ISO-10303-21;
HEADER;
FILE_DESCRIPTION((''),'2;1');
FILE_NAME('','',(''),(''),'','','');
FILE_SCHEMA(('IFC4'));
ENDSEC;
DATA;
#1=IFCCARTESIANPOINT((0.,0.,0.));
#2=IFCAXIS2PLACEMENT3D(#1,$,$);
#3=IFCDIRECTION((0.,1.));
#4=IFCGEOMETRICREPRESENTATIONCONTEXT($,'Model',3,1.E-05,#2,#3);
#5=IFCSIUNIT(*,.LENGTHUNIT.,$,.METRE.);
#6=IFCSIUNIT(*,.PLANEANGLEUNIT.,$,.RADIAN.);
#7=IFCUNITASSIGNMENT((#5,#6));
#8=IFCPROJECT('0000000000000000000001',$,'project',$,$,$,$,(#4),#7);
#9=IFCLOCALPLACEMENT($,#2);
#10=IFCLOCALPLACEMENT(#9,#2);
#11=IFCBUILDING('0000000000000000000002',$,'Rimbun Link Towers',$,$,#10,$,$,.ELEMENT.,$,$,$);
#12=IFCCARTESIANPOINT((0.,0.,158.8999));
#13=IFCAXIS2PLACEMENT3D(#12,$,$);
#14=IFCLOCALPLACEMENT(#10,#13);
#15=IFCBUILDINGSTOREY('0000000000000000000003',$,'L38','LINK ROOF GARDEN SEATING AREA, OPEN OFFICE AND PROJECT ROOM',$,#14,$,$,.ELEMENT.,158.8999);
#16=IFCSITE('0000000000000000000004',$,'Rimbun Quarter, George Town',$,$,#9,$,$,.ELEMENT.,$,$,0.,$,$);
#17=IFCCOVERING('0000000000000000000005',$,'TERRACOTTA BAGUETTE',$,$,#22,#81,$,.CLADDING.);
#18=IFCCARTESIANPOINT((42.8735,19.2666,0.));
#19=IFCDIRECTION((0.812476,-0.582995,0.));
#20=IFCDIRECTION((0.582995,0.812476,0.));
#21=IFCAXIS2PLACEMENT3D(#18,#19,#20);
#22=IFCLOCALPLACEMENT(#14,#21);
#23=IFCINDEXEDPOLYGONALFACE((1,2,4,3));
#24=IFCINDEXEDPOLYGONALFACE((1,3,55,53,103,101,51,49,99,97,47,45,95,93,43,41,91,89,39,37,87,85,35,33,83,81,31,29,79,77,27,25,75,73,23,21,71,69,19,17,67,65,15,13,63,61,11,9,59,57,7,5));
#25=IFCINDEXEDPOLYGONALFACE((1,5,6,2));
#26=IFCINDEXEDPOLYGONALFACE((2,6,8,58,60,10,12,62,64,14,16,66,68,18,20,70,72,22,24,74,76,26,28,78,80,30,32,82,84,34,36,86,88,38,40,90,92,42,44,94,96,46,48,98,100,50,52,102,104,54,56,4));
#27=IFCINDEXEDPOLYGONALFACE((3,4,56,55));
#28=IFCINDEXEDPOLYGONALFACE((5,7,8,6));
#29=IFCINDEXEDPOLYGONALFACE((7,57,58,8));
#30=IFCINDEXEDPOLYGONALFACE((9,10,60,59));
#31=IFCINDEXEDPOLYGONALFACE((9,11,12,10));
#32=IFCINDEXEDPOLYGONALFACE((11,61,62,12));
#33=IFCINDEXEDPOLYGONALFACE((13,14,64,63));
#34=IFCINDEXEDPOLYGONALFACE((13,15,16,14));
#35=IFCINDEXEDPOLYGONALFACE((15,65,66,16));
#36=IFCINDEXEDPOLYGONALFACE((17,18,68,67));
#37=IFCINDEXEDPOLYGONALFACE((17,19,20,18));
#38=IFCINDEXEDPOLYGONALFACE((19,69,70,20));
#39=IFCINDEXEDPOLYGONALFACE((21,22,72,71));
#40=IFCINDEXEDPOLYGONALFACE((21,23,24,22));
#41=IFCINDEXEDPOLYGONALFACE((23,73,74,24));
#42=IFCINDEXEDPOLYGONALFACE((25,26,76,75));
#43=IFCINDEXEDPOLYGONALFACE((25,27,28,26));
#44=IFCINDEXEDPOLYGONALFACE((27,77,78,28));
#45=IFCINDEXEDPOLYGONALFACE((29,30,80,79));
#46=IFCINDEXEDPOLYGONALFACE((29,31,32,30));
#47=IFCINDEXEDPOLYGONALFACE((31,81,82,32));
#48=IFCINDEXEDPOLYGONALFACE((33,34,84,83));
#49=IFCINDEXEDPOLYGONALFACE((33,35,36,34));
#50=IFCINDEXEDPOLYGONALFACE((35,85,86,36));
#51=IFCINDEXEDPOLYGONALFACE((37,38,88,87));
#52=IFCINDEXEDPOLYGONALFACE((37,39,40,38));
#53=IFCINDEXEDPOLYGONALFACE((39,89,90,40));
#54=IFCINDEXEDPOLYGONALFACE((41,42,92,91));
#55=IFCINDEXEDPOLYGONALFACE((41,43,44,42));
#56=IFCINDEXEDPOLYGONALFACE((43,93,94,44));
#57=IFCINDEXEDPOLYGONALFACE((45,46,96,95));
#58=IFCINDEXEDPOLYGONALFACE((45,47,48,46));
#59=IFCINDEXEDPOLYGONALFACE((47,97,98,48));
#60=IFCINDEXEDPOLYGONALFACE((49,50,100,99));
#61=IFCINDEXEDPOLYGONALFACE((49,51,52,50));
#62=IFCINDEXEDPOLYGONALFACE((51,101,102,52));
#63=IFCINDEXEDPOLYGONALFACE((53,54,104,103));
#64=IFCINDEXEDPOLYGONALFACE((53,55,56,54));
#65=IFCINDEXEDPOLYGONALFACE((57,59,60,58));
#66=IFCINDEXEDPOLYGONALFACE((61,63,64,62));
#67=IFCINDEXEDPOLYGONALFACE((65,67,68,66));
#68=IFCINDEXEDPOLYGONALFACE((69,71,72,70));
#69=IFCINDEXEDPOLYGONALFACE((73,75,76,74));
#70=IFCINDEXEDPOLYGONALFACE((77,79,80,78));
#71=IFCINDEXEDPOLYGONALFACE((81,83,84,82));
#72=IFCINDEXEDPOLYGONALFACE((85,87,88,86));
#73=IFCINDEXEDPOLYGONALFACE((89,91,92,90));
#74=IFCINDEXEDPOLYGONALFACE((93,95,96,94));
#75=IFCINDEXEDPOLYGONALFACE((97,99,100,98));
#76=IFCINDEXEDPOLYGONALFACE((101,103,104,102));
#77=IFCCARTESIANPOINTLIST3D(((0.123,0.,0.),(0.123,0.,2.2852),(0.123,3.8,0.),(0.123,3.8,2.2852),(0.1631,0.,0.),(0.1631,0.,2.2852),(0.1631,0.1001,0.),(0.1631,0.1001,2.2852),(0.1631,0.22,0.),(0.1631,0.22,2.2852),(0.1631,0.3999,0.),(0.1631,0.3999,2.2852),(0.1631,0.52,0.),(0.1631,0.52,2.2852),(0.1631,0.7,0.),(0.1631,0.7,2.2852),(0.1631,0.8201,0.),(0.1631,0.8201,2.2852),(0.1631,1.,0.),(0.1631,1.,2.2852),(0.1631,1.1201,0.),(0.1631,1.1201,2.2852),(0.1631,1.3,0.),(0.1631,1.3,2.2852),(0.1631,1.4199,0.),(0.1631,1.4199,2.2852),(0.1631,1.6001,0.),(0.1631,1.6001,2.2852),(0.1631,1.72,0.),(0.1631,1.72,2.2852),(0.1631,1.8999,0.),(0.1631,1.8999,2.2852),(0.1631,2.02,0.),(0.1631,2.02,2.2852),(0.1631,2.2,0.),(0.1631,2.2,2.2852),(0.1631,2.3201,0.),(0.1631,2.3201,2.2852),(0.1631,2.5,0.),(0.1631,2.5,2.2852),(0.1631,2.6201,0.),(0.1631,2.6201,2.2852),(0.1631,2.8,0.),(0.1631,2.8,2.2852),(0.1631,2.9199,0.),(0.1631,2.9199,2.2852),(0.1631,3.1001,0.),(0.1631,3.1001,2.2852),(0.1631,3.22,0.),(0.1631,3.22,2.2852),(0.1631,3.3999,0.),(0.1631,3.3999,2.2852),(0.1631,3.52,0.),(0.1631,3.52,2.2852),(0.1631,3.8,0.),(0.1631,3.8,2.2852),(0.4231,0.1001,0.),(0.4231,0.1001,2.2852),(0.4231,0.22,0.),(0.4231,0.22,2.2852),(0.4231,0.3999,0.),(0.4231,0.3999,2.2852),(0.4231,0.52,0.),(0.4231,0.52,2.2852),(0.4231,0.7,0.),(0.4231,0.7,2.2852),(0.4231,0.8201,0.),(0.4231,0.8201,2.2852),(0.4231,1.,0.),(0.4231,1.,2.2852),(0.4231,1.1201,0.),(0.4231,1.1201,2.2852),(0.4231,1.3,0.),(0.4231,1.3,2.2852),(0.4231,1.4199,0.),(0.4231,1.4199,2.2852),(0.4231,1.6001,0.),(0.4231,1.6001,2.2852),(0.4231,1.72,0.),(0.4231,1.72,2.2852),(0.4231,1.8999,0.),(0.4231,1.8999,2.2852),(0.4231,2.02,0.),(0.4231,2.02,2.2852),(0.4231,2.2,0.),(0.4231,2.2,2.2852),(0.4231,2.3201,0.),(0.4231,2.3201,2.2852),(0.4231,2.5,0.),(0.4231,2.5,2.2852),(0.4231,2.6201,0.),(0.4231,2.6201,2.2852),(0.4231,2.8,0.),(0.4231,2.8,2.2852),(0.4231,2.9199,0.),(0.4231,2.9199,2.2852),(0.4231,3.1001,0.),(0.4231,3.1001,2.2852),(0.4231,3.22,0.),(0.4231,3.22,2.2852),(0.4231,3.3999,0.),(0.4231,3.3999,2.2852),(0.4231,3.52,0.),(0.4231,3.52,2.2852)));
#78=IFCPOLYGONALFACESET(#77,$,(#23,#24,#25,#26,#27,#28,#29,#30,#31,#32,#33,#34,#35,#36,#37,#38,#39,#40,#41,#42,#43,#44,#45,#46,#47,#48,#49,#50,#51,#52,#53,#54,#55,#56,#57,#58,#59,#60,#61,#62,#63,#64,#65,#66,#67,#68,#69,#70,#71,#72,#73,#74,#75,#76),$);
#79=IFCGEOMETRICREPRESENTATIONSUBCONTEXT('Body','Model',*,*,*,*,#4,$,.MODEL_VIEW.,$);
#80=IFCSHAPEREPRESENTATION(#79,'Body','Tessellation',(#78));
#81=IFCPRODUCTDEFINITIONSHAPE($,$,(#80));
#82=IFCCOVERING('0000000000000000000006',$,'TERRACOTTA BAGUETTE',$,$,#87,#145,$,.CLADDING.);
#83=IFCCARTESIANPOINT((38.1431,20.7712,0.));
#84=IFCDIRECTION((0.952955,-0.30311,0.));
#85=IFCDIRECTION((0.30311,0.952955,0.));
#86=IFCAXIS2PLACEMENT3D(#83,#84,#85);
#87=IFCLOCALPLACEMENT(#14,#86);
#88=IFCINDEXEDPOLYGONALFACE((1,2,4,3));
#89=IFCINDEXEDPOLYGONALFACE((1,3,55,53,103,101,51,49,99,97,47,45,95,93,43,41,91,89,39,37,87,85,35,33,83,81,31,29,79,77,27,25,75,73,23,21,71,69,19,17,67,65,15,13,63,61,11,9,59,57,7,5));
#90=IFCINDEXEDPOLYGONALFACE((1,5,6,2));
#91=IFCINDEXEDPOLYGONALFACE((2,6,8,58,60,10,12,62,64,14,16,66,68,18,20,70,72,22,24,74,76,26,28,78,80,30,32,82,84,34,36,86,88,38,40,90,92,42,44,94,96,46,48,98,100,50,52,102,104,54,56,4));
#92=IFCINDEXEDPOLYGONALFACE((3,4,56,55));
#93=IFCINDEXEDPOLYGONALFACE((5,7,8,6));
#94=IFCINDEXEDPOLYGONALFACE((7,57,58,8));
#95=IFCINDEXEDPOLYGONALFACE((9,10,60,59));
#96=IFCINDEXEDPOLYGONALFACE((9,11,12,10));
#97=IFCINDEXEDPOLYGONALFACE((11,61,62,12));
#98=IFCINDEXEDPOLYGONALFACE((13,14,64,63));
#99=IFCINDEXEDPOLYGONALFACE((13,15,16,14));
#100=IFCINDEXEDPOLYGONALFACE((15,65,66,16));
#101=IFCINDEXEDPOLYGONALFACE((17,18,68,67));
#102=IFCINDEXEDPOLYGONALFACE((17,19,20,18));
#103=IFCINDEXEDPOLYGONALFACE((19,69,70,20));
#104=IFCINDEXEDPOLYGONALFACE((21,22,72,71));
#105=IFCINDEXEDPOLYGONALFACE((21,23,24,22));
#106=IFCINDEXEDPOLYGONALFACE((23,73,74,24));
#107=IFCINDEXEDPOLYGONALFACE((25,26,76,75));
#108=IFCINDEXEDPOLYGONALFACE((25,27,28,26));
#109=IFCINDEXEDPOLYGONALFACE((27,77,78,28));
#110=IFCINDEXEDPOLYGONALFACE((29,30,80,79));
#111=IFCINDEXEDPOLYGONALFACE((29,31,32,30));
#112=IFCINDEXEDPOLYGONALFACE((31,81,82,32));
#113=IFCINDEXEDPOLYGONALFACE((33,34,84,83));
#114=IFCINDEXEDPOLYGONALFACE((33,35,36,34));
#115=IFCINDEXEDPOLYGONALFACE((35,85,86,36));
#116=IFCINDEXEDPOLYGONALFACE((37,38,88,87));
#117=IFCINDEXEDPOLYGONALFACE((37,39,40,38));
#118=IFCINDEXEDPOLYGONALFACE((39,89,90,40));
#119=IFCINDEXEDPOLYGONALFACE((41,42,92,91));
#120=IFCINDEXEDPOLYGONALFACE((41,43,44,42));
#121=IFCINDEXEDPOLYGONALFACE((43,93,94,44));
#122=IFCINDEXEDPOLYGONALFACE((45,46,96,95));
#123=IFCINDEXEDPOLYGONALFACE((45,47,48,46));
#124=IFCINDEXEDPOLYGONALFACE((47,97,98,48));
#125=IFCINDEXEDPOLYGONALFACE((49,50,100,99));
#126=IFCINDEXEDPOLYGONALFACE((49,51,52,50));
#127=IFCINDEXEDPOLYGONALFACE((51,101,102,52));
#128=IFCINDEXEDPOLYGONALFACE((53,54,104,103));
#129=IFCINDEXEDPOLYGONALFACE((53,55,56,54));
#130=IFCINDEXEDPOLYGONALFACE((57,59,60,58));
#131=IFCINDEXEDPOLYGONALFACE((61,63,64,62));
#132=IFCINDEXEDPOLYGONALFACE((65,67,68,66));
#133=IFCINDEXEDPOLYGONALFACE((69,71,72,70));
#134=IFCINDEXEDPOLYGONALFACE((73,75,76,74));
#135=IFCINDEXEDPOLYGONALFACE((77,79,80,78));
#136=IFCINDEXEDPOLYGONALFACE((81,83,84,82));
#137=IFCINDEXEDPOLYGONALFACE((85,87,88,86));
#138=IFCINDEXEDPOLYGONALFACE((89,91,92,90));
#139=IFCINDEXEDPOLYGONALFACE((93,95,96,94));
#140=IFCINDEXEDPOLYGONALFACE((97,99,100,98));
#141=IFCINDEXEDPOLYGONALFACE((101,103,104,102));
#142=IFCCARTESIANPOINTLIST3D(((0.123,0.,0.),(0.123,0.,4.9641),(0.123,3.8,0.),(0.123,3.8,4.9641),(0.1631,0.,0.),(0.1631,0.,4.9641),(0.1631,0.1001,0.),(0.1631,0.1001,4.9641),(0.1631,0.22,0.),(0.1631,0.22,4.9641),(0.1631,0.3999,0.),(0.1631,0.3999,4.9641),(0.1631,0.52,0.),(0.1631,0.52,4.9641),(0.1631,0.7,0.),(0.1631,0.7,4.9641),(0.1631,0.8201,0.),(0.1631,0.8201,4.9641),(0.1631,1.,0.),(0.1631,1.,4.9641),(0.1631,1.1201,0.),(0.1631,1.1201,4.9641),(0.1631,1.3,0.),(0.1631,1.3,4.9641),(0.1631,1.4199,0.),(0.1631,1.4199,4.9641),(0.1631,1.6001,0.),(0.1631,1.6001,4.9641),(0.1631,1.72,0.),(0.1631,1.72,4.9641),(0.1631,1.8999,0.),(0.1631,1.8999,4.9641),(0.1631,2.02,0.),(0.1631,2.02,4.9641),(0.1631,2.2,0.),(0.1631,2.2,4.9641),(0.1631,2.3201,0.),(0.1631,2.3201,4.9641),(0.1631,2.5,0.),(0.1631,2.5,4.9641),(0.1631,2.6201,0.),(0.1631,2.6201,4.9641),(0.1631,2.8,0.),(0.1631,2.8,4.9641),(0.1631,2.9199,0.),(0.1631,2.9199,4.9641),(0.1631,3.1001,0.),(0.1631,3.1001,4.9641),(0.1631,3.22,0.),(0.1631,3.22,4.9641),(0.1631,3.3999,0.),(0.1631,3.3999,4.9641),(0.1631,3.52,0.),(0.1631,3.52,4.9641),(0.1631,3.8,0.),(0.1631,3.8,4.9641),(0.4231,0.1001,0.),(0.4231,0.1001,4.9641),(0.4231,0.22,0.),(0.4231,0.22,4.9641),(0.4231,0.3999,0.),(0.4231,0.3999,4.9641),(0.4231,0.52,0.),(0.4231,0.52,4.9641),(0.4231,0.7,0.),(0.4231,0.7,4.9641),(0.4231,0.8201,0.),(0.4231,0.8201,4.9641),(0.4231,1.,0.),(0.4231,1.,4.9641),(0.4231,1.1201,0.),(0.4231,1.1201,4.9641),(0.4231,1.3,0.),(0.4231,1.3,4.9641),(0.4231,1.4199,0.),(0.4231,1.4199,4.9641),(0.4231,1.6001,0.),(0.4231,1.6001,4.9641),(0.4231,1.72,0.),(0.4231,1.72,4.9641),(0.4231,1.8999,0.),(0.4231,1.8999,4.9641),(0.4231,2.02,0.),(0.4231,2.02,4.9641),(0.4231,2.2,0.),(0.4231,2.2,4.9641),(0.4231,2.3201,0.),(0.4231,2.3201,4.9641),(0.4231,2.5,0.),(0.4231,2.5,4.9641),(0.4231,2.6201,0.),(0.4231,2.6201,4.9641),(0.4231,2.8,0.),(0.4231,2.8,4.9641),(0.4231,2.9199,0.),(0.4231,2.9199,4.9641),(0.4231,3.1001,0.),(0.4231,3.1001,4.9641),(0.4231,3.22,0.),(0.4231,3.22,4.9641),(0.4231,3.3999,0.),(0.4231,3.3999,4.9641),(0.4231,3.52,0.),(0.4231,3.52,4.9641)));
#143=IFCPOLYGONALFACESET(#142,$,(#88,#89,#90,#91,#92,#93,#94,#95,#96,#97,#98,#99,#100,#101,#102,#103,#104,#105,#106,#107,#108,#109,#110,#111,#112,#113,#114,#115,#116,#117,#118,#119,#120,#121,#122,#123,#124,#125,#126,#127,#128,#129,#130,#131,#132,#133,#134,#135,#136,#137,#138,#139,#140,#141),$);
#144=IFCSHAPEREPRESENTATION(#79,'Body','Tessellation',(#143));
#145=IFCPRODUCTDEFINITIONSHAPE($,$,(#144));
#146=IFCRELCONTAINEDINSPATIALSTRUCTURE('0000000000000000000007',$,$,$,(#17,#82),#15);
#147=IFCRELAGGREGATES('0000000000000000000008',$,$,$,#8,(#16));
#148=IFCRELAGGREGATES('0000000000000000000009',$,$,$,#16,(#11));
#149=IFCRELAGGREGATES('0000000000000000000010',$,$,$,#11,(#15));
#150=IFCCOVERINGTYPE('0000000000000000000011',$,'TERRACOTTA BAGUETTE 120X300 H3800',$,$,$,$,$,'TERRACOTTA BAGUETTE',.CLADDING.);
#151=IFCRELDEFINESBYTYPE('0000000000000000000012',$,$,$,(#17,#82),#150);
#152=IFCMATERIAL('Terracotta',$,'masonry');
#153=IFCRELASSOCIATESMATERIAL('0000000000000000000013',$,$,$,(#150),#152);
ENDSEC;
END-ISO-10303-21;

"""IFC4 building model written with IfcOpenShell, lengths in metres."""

from ifc_helpers import new_model, si_unit, direction, frame, origin, place, context, subcontext, project, spatial, polyline, outline, extrude, material, material_profile, profile_set, type_object, element, save


model = new_model("IFC4")

# Units and contexts
model_context = context("Model", 3, precision=1e-05, world=origin(), true_north=direction((0.0, 1.0)))
body_context = subcontext(model_context, "Body", "Model", "MODEL_VIEW")
ifc_project = project(units=[si_unit("LENGTHUNIT", "METRE"), si_unit("PLANEANGLEUNIT", "RADIAN")], contexts=[model_context])

# Site, building, storey
site_placement = place(None, origin())
site = spatial("IfcSite", under=ifc_project, at=site_placement, Name="Rimbun Quarter, George Town", CompositionType="ELEMENT", RefElevation=0.0)
building_placement = place(site_placement, origin())
building = spatial("IfcBuilding", under=site, at=building_placement, Name="Rimbun Link Towers", CompositionType="ELEMENT")
storey_placement = place(building_placement, frame((0.0, 0.0, 158.8999)))
storey = spatial("IfcBuildingStorey", under=building, at=storey_placement, Name="L38", Description="LINK ROOF GARDEN SEATING AREA, OPEN OFFICE AND PROJECT ROOM", CompositionType="ELEMENT", Elevation=158.8999)

# Coverings
ifc_material_1 = material(Name="Terracotta", Category="masonry")
ifc_material_profile_1 = material_profile(ifc_material_1, outline(polyline([(0.123, 0.0), (0.1631, 0.0), (0.1631, 0.1001), (0.4231, 0.1001), (0.4231, 0.22), (0.1631, 0.22), (0.1631, 0.3999), (0.4231, 0.3999), (0.4231, 0.52), (0.1631, 0.52), (0.1631, 0.7), (0.4231, 0.7), (0.4231, 0.8201), (0.1631, 0.8201), (0.1631, 1.0), (0.4231, 1.0), (0.4231, 1.1201), (0.1631, 1.1201), (0.1631, 1.3), (0.4231, 1.3), (0.4231, 1.4199), (0.1631, 1.4199), (0.1631, 1.6001), (0.4231, 1.6001), (0.4231, 1.72), (0.1631, 1.72), (0.1631, 1.8999), (0.4231, 1.8999), (0.4231, 2.02), (0.1631, 2.02), (0.1631, 2.2), (0.4231, 2.2), (0.4231, 2.3201), (0.1631, 2.3201), (0.1631, 2.5), (0.4231, 2.5), (0.4231, 2.6201), (0.1631, 2.6201), (0.1631, 2.8), (0.4231, 2.8), (0.4231, 2.9199), (0.1631, 2.9199), (0.1631, 3.1001), (0.4231, 3.1001), (0.4231, 3.22), (0.1631, 3.22), (0.1631, 3.3999), (0.4231, 3.3999), (0.4231, 3.52), (0.1631, 3.52), (0.1631, 3.8), (0.123, 3.8), (0.123, 0.0)])), Name="BAGUETTE 120X300")
ifc_profile_set_1 = profile_set([ifc_material_profile_1], Name="Terracotta")
covering_type = type_object("IfcCoveringType", Name="TERRACOTTA BAGUETTE 120X300 H3800", ElementType="TERRACOTTA BAGUETTE", PredefinedType="CLADDING", material=ifc_profile_set_1)
covering_1_placement = place(storey_placement, frame((42.8735, 19.2666, 0.0), z_axis=(0.812476, -0.582995, 0.0), x_axis=(0.582995, 0.812476, 0.0)))
element("IfcCovering", 1, at=covering_1_placement, inside=storey, type_object=covering_type, Name="TERRACOTTA BAGUETTE", PredefinedType="CLADDING", context=body_context, shape_type="SweptSolid", body=[
    extrude(outline(polyline([(0.123, 0.0), (0.1631, 0.0), (0.1631, 0.1001), (0.4231, 0.1001), (0.4231, 0.22), (0.1631, 0.22), (0.1631, 0.3999), (0.4231, 0.3999), (0.4231, 0.52), (0.1631, 0.52), (0.1631, 0.7), (0.4231, 0.7), (0.4231, 0.8201), (0.1631, 0.8201), (0.1631, 1.0), (0.4231, 1.0), (0.4231, 1.1201), (0.1631, 1.1201), (0.1631, 1.3), (0.4231, 1.3), (0.4231, 1.4199), (0.1631, 1.4199), (0.1631, 1.6001), (0.4231, 1.6001), (0.4231, 1.72), (0.1631, 1.72), (0.1631, 1.8999), (0.4231, 1.8999), (0.4231, 2.02), (0.1631, 2.02), (0.1631, 2.2), (0.4231, 2.2), (0.4231, 2.3201), (0.1631, 2.3201), (0.1631, 2.5), (0.4231, 2.5), (0.4231, 2.6201), (0.1631, 2.6201), (0.1631, 2.8), (0.4231, 2.8), (0.4231, 2.9199), (0.1631, 2.9199), (0.1631, 3.1001), (0.4231, 3.1001), (0.4231, 3.22), (0.1631, 3.22), (0.1631, 3.3999), (0.4231, 3.3999), (0.4231, 3.52), (0.1631, 3.52), (0.1631, 3.8), (0.123, 3.8), (0.123, 0.0)])), origin(), (0.0, 0.0, 1.0), 2.2852),
])
covering_2_placement = place(storey_placement, frame((38.1431, 20.7712, 0.0), z_axis=(0.952955, -0.30311, 0.0), x_axis=(0.30311, 0.952955, 0.0)))
element("IfcCovering", 2, at=covering_2_placement, inside=storey, type_object=covering_type, Name="TERRACOTTA BAGUETTE", PredefinedType="CLADDING", context=body_context, shape_type="SweptSolid", body=[
    extrude(outline(polyline([(0.123, 0.0), (0.1631, 0.0), (0.1631, 0.1001), (0.4231, 0.1001), (0.4231, 0.22), (0.1631, 0.22), (0.1631, 0.3999), (0.4231, 0.3999), (0.4231, 0.52), (0.1631, 0.52), (0.1631, 0.7), (0.4231, 0.7), (0.4231, 0.8201), (0.1631, 0.8201), (0.1631, 1.0), (0.4231, 1.0), (0.4231, 1.1201), (0.1631, 1.1201), (0.1631, 1.3), (0.4231, 1.3), (0.4231, 1.4199), (0.1631, 1.4199), (0.1631, 1.6001), (0.4231, 1.6001), (0.4231, 1.72), (0.1631, 1.72), (0.1631, 1.8999), (0.4231, 1.8999), (0.4231, 2.02), (0.1631, 2.02), (0.1631, 2.2), (0.4231, 2.2), (0.4231, 2.3201), (0.1631, 2.3201), (0.1631, 2.5), (0.4231, 2.5), (0.4231, 2.6201), (0.1631, 2.6201), (0.1631, 2.8), (0.4231, 2.8), (0.4231, 2.9199), (0.1631, 2.9199), (0.1631, 3.1001), (0.4231, 3.1001), (0.4231, 3.22), (0.1631, 3.22), (0.1631, 3.3999), (0.4231, 3.3999), (0.4231, 3.52), (0.1631, 3.52), (0.1631, 3.8), (0.123, 3.8), (0.123, 0.0)])), origin(), (0.0, 0.0, 1.0), 4.9641),
])

save(model, "model.ifc")
